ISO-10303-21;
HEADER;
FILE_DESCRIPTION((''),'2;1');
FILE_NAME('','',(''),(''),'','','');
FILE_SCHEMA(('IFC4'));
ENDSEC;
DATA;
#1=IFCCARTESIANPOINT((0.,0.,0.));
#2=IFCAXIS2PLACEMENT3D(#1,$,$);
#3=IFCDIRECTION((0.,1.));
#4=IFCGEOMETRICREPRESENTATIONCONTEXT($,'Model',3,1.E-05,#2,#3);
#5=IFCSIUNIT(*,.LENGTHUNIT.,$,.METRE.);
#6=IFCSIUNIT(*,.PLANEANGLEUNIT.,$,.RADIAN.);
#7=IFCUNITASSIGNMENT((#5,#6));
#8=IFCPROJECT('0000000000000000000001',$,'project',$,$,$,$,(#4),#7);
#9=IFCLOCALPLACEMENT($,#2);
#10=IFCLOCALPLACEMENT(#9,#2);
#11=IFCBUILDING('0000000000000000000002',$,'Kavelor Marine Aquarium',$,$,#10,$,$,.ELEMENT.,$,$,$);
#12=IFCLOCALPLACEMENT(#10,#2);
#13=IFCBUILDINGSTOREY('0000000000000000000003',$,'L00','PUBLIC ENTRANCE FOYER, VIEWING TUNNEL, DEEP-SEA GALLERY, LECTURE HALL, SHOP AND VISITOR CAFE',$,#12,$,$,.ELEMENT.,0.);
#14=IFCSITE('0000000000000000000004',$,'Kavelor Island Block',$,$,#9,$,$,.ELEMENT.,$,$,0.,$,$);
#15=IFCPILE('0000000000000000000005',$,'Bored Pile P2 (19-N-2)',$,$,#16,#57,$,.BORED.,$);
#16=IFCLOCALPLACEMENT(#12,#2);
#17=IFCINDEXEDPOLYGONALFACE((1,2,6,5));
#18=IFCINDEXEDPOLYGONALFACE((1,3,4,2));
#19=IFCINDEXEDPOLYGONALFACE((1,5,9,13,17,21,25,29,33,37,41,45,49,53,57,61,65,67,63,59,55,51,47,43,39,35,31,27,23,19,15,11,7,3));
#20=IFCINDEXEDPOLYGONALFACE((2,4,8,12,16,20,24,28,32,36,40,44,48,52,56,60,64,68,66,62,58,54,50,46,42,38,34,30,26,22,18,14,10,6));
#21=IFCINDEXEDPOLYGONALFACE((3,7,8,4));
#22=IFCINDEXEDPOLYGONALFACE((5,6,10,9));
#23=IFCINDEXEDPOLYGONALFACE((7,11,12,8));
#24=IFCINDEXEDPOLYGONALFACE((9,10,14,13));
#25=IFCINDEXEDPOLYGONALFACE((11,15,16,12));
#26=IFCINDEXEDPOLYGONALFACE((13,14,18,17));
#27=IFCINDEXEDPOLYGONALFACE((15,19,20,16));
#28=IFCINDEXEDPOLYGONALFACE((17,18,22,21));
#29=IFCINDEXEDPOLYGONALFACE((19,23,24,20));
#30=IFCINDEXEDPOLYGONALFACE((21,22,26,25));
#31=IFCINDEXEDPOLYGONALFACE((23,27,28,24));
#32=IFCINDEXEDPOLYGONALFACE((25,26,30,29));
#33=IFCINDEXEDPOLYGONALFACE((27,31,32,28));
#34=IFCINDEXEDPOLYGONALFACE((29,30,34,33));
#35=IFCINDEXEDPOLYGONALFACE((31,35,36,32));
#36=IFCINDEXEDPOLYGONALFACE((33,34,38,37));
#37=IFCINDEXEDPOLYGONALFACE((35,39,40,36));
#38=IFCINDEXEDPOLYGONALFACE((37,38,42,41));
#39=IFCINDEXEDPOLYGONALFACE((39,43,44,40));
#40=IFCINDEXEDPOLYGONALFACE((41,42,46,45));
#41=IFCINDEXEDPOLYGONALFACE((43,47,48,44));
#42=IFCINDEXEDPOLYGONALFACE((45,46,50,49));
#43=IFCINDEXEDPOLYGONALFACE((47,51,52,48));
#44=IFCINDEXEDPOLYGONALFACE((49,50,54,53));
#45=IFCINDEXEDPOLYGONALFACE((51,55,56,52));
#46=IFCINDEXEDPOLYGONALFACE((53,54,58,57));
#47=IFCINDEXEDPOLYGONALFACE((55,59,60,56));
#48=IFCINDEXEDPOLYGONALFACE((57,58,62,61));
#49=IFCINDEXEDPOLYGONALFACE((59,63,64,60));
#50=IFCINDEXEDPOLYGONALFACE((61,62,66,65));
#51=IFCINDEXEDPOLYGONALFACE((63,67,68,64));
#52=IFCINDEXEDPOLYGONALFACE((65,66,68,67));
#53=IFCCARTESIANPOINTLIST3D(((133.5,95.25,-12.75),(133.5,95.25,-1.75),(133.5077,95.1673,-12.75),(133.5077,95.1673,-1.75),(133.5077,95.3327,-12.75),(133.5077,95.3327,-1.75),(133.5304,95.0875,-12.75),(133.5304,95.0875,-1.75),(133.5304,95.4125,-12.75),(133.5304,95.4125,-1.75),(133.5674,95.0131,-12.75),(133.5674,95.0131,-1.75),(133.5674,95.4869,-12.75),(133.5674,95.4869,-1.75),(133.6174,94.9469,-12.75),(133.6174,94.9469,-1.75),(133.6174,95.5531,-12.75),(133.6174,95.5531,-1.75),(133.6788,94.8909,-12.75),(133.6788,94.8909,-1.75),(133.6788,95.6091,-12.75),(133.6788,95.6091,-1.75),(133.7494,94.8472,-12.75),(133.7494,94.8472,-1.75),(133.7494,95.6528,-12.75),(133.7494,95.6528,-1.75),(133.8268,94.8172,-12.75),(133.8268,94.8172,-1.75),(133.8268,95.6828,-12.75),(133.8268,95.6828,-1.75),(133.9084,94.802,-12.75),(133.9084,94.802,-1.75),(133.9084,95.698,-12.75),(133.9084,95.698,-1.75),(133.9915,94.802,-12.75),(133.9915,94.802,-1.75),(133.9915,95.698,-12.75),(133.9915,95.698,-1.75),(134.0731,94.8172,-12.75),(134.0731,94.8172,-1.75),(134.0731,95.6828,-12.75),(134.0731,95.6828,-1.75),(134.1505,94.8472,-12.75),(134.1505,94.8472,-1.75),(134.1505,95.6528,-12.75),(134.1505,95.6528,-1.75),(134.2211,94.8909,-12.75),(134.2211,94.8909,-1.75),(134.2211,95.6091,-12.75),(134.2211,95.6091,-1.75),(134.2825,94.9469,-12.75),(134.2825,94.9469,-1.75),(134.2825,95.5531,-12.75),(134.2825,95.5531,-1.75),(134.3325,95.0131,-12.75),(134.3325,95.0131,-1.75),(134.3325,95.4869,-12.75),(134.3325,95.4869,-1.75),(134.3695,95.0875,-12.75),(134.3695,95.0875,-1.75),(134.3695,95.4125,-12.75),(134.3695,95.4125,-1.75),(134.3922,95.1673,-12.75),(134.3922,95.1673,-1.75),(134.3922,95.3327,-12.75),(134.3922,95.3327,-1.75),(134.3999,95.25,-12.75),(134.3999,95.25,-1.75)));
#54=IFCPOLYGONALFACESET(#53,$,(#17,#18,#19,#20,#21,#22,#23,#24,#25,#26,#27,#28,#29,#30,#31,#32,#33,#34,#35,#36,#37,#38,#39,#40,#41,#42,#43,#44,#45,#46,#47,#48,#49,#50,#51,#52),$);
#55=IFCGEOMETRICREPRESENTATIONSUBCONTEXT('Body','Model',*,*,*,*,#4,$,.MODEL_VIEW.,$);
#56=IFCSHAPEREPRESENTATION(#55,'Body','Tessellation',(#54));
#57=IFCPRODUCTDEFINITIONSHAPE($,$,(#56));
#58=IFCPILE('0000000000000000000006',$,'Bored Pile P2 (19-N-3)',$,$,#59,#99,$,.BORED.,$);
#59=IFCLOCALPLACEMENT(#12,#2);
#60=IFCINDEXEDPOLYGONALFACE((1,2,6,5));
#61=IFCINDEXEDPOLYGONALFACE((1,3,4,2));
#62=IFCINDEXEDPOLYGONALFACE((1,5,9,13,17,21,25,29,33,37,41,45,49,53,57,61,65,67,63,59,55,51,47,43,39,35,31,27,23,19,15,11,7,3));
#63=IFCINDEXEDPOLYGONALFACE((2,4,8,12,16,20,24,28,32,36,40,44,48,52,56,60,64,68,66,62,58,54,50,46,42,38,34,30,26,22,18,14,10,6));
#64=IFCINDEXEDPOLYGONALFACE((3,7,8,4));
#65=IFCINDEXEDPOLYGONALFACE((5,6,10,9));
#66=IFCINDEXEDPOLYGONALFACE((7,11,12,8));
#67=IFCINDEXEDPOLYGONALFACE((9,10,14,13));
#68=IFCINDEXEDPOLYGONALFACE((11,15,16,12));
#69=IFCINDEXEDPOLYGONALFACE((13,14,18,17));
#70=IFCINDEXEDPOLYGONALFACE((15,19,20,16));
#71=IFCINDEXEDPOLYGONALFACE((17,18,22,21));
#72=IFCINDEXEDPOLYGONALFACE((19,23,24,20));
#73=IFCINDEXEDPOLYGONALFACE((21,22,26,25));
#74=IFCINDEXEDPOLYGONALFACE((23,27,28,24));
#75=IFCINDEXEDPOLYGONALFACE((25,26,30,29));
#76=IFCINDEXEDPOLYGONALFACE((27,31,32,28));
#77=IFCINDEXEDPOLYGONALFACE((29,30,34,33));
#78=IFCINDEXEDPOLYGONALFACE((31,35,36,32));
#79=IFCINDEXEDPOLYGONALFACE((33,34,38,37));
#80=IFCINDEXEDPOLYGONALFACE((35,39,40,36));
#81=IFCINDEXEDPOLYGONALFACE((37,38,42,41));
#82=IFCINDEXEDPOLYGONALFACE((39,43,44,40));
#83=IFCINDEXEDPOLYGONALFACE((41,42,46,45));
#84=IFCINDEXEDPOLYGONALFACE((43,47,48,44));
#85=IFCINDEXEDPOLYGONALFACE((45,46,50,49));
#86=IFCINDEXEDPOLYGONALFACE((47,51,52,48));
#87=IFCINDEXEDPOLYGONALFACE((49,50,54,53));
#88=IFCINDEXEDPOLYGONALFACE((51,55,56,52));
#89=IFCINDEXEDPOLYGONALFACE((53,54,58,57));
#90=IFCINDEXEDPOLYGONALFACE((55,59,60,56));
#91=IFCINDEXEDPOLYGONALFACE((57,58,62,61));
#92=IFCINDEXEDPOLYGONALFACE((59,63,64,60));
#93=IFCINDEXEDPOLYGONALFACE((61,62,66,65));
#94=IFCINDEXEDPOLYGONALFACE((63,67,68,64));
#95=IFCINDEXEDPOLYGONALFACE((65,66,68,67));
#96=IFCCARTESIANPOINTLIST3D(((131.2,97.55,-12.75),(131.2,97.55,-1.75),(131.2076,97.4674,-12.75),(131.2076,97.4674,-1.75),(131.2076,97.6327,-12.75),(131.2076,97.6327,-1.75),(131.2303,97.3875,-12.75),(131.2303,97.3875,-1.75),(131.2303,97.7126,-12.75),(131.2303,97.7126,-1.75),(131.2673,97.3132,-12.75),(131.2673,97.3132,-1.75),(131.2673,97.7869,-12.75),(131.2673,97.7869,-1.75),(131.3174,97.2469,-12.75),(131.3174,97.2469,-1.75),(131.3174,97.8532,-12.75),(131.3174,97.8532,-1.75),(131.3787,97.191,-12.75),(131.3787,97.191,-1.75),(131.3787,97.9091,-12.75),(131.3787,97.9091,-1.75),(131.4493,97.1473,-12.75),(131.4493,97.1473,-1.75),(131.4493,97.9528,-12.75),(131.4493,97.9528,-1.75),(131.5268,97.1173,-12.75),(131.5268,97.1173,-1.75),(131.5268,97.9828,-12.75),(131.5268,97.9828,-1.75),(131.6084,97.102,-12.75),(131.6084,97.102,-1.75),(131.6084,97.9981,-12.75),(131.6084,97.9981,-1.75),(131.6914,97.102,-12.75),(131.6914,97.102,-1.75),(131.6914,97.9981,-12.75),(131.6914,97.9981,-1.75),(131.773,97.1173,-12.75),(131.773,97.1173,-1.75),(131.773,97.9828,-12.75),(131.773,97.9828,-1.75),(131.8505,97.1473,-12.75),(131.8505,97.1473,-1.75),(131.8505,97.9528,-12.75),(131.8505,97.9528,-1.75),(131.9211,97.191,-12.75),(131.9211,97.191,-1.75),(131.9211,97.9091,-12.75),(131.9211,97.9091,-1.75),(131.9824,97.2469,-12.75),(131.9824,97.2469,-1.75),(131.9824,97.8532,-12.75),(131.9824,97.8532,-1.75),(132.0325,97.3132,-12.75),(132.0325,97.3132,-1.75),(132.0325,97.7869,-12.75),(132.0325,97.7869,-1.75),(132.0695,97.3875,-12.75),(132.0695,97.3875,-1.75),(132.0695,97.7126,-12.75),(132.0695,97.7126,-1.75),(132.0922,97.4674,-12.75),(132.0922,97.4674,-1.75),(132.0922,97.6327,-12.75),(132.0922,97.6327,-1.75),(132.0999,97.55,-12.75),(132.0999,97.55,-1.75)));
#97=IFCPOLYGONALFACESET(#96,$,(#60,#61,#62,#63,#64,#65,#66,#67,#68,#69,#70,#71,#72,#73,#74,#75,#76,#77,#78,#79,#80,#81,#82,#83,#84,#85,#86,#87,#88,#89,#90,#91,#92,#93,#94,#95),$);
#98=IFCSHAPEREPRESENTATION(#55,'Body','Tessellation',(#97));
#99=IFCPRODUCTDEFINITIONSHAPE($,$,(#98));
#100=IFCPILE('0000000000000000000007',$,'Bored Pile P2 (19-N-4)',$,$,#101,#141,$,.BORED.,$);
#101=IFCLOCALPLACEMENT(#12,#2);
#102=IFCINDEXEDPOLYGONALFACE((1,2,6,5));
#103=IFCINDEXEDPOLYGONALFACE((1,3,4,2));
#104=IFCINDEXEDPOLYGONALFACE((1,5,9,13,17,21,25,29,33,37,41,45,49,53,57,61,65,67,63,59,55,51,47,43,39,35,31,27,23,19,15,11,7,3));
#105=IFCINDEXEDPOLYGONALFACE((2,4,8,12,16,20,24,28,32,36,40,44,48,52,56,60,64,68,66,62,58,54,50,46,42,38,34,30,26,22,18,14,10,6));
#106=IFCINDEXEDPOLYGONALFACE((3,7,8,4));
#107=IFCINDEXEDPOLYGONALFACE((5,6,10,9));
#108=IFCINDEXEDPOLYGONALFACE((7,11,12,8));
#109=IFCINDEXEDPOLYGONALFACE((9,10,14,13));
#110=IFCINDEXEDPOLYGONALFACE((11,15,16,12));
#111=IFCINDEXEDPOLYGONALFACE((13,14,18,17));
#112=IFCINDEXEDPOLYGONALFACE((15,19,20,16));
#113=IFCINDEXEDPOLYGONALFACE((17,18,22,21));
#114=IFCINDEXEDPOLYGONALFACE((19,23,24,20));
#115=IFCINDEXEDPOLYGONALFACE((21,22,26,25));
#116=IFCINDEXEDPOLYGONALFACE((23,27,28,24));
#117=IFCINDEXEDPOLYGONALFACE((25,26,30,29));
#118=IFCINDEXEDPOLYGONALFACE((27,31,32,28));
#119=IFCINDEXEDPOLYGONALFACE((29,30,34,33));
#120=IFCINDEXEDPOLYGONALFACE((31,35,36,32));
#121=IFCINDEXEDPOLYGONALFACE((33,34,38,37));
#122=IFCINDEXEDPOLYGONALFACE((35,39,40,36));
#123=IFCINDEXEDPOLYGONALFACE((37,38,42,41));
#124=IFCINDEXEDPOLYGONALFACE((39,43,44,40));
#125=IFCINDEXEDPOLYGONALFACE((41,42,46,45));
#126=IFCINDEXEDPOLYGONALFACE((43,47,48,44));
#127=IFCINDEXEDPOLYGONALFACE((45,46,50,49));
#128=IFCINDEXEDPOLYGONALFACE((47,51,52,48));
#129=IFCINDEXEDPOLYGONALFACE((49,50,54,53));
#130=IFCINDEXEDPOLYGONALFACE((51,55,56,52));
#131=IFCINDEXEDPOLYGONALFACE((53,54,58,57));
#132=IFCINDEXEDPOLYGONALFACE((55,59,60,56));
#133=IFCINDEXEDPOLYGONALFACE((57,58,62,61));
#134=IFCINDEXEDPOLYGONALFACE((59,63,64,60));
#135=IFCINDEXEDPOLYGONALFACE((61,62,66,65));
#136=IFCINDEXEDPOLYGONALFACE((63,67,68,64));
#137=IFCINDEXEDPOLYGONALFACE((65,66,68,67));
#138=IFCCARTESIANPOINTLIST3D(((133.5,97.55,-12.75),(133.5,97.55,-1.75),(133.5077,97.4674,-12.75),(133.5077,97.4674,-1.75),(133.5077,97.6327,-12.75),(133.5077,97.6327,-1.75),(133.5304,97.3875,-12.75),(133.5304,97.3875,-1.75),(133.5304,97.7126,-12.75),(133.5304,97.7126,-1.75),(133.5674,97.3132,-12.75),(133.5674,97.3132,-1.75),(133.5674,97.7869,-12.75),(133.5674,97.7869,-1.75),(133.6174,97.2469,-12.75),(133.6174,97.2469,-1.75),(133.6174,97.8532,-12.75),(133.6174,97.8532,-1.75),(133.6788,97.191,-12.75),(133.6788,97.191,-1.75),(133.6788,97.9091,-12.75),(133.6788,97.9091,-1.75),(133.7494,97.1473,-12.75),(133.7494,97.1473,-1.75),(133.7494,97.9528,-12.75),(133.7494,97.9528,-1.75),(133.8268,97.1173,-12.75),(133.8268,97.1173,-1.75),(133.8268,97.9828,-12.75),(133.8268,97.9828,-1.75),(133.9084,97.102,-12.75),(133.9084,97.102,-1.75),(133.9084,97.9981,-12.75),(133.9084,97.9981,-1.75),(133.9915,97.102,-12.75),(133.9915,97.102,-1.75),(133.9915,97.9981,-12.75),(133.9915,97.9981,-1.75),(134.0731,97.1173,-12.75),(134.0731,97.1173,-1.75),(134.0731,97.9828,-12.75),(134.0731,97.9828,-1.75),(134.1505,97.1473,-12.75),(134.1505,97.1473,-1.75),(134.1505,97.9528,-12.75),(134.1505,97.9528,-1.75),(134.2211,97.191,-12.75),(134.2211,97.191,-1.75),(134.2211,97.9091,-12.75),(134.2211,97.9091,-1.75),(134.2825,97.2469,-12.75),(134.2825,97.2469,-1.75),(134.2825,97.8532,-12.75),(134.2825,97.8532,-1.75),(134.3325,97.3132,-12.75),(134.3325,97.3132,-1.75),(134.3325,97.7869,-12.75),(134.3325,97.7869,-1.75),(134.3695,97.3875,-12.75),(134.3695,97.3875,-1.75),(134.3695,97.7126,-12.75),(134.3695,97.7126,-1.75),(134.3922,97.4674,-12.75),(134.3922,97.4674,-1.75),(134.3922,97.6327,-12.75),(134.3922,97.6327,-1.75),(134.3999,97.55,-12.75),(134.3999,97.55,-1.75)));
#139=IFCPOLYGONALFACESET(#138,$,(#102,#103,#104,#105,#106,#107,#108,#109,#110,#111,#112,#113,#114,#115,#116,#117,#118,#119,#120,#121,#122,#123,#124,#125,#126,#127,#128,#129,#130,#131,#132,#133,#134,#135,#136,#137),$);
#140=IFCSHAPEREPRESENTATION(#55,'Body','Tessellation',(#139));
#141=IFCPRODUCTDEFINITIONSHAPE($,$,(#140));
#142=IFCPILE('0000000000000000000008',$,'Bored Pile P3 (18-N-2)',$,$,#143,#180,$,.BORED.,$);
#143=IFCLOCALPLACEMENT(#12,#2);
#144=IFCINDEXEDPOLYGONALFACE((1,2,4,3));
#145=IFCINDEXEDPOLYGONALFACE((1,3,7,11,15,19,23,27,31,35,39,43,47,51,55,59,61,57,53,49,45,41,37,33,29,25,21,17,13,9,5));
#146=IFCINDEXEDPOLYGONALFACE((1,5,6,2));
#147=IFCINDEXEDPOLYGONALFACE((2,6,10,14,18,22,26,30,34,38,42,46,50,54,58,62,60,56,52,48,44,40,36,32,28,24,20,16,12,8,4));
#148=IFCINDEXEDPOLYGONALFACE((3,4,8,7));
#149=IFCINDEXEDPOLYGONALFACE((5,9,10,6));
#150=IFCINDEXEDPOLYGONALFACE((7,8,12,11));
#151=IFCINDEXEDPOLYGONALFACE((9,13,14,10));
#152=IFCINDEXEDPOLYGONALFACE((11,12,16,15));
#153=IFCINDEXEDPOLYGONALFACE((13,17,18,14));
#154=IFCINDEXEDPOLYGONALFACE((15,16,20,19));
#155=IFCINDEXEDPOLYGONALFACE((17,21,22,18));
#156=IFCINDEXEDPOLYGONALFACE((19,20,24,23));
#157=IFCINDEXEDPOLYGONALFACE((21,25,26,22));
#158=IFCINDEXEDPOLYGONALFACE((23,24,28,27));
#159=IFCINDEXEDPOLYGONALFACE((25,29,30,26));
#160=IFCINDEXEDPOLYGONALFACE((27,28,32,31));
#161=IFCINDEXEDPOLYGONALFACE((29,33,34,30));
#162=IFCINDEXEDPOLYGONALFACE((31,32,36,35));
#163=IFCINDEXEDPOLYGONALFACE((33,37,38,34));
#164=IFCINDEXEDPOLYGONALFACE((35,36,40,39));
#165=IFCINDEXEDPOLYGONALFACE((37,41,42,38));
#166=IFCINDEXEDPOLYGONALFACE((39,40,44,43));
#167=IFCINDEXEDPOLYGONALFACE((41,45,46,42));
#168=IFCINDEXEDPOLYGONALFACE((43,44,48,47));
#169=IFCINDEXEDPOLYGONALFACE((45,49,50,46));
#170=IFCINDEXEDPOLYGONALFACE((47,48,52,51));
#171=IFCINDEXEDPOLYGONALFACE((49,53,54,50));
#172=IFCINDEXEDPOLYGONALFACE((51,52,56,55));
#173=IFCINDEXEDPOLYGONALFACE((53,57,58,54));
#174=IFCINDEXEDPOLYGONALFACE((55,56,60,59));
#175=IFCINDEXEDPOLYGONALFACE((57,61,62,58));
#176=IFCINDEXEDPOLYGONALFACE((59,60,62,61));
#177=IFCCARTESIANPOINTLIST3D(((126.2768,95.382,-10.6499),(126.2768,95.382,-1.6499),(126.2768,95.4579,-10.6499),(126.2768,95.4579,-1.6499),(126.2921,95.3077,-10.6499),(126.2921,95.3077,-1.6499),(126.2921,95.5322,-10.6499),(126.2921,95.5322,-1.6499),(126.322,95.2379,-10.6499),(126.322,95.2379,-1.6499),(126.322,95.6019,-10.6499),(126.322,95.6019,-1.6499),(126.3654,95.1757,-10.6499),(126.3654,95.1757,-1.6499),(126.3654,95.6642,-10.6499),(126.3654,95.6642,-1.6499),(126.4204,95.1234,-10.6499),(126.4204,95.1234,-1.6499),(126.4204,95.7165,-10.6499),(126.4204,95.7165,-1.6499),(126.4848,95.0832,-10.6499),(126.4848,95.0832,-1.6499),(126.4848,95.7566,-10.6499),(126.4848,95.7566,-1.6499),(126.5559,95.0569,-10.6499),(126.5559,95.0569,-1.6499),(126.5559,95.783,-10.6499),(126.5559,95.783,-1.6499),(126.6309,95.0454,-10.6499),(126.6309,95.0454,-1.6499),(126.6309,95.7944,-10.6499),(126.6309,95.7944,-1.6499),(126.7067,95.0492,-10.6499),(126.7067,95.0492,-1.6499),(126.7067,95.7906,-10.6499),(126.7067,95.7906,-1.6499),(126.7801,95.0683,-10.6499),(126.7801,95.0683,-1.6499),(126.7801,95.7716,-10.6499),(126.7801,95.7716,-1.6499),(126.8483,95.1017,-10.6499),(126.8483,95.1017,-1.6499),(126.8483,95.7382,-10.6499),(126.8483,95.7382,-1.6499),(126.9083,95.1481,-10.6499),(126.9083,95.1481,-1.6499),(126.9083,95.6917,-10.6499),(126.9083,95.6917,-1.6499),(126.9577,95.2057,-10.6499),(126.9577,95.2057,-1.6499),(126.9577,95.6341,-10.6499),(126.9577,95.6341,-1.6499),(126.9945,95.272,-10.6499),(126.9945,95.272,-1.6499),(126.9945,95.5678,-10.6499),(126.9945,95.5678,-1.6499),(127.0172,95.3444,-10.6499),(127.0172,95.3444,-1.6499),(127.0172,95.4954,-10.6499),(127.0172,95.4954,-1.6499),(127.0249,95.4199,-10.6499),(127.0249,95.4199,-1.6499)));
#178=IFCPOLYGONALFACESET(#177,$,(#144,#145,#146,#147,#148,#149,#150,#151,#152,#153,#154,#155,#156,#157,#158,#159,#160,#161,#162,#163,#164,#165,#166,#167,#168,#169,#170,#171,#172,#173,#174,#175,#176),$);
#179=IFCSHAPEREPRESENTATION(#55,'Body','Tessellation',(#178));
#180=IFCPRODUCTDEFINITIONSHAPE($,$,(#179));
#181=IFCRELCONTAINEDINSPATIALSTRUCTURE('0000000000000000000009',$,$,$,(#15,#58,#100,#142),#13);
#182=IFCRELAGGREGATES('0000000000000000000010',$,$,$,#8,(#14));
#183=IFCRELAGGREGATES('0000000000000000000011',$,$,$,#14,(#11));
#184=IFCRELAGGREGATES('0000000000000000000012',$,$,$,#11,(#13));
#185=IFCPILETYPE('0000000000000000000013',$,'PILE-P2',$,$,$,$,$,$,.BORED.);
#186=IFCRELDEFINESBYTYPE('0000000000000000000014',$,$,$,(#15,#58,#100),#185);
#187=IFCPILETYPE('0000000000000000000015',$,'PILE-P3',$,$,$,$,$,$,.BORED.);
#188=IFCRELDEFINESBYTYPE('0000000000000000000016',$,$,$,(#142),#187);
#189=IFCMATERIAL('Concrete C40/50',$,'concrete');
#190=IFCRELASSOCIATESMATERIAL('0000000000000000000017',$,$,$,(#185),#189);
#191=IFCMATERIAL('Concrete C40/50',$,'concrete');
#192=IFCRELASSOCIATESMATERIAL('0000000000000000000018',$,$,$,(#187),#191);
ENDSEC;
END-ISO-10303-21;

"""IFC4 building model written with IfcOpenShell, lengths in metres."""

from ifc_helpers import new_model, si_unit, direction, frame, origin, origin_2d, place, context, subcontext, project, spatial, circle, extrude, material, material_profile, profile_set, type_object, element, save


model = new_model("IFC4")

# Units and contexts
model_context = context("Model", 3, precision=1e-05, world=origin(), true_north=direction((0.0, 1.0)))
body_context = subcontext(model_context, "Body", "Model", "MODEL_VIEW")
ifc_project = project(units=[si_unit("LENGTHUNIT", "METRE"), si_unit("PLANEANGLEUNIT", "RADIAN")], contexts=[model_context])

# Site, building, storey
site_placement = place(None, origin())
site = spatial("IfcSite", under=ifc_project, at=site_placement, Name="Kavelor Island Block", CompositionType="ELEMENT", RefElevation=0.0)
building_placement = place(site_placement, origin())
building = spatial("IfcBuilding", under=site, at=building_placement, Name="Kavelor Marine Aquarium", CompositionType="ELEMENT")
storey_placement = place(building_placement, origin())
storey = spatial("IfcBuildingStorey", under=building, at=storey_placement, Name="L00", Description="PUBLIC ENTRANCE FOYER, VIEWING TUNNEL, DEEP-SEA GALLERY, LECTURE HALL, SHOP AND VISITOR CAFE", CompositionType="ELEMENT", Elevation=0.0)

# Piles
ifc_material_1 = material(Name="Concrete C40/50", Category="concrete")
ifc_material_profile_1 = material_profile(ifc_material_1, circle(Radius=0.45, at=origin_2d()), Name="PILE D900")
ifc_profile_set_1 = profile_set([ifc_material_profile_1], Name="Concrete C40/50")
pile_type_1 = type_object("IfcPileType", Name="PILE-P2", PredefinedType="BORED", material=ifc_profile_set_1)
for number, where, z_axis, x_axis, name in (
    (1, (133.95, 95.25, -1.75), (0.0, 0.0, -1.0), (1.0, 0.0, 0.0), "Bored Pile P2 (19-N-2)"),
    (2, (131.6499, 97.55, -1.75), (0.0, 0.0, -1.0), (1.0, 0.0, 0.0), "Bored Pile P2 (19-N-3)"),
    (3, (133.95, 97.55, -1.75), (0.0, 0.0, -1.0), (1.0, 0.0, 0.0), "Bored Pile P2 (19-N-4)"),
):
    element("IfcPile", number, at=place(storey_placement, frame(where, z_axis=z_axis, x_axis=x_axis)), inside=storey, type_object=pile_type_1, Name=name, PredefinedType="BORED", context=body_context, shape_type="SweptSolid", body=[
        extrude(circle(Radius=0.45, at=origin_2d()), origin(), (0.0, 0.0, 1.0), 11.0),
    ])
ifc_material_2 = material(Name="Concrete C40/50", Category="concrete")
ifc_material_profile_2 = material_profile(ifc_material_2, circle(Radius=0.375, at=origin_2d()), Name="PILE D750")
ifc_profile_set_2 = profile_set([ifc_material_profile_2], Name="Concrete C40/50")
pile_type_2 = type_object("IfcPileType", Name="PILE-P3", PredefinedType="BORED", material=ifc_profile_set_2)
for number, where, z_axis, x_axis, name in (
    (4, (126.6499, 95.4199, -1.6499), (0.0, 0.0, -1.0), (1.0, 0.0, 0.0), "Bored Pile P3 (18-N-2)"),
):
    element("IfcPile", number, at=place(storey_placement, frame(where, z_axis=z_axis, x_axis=x_axis)), inside=storey, type_object=pile_type_2, Name=name, PredefinedType="BORED", context=body_context, shape_type="SweptSolid", body=[
        extrude(circle(Radius=0.375, at=origin_2d()), origin(), (0.0, 0.0, 1.0), 9.0),
    ])

save(model, "model.ifc")
